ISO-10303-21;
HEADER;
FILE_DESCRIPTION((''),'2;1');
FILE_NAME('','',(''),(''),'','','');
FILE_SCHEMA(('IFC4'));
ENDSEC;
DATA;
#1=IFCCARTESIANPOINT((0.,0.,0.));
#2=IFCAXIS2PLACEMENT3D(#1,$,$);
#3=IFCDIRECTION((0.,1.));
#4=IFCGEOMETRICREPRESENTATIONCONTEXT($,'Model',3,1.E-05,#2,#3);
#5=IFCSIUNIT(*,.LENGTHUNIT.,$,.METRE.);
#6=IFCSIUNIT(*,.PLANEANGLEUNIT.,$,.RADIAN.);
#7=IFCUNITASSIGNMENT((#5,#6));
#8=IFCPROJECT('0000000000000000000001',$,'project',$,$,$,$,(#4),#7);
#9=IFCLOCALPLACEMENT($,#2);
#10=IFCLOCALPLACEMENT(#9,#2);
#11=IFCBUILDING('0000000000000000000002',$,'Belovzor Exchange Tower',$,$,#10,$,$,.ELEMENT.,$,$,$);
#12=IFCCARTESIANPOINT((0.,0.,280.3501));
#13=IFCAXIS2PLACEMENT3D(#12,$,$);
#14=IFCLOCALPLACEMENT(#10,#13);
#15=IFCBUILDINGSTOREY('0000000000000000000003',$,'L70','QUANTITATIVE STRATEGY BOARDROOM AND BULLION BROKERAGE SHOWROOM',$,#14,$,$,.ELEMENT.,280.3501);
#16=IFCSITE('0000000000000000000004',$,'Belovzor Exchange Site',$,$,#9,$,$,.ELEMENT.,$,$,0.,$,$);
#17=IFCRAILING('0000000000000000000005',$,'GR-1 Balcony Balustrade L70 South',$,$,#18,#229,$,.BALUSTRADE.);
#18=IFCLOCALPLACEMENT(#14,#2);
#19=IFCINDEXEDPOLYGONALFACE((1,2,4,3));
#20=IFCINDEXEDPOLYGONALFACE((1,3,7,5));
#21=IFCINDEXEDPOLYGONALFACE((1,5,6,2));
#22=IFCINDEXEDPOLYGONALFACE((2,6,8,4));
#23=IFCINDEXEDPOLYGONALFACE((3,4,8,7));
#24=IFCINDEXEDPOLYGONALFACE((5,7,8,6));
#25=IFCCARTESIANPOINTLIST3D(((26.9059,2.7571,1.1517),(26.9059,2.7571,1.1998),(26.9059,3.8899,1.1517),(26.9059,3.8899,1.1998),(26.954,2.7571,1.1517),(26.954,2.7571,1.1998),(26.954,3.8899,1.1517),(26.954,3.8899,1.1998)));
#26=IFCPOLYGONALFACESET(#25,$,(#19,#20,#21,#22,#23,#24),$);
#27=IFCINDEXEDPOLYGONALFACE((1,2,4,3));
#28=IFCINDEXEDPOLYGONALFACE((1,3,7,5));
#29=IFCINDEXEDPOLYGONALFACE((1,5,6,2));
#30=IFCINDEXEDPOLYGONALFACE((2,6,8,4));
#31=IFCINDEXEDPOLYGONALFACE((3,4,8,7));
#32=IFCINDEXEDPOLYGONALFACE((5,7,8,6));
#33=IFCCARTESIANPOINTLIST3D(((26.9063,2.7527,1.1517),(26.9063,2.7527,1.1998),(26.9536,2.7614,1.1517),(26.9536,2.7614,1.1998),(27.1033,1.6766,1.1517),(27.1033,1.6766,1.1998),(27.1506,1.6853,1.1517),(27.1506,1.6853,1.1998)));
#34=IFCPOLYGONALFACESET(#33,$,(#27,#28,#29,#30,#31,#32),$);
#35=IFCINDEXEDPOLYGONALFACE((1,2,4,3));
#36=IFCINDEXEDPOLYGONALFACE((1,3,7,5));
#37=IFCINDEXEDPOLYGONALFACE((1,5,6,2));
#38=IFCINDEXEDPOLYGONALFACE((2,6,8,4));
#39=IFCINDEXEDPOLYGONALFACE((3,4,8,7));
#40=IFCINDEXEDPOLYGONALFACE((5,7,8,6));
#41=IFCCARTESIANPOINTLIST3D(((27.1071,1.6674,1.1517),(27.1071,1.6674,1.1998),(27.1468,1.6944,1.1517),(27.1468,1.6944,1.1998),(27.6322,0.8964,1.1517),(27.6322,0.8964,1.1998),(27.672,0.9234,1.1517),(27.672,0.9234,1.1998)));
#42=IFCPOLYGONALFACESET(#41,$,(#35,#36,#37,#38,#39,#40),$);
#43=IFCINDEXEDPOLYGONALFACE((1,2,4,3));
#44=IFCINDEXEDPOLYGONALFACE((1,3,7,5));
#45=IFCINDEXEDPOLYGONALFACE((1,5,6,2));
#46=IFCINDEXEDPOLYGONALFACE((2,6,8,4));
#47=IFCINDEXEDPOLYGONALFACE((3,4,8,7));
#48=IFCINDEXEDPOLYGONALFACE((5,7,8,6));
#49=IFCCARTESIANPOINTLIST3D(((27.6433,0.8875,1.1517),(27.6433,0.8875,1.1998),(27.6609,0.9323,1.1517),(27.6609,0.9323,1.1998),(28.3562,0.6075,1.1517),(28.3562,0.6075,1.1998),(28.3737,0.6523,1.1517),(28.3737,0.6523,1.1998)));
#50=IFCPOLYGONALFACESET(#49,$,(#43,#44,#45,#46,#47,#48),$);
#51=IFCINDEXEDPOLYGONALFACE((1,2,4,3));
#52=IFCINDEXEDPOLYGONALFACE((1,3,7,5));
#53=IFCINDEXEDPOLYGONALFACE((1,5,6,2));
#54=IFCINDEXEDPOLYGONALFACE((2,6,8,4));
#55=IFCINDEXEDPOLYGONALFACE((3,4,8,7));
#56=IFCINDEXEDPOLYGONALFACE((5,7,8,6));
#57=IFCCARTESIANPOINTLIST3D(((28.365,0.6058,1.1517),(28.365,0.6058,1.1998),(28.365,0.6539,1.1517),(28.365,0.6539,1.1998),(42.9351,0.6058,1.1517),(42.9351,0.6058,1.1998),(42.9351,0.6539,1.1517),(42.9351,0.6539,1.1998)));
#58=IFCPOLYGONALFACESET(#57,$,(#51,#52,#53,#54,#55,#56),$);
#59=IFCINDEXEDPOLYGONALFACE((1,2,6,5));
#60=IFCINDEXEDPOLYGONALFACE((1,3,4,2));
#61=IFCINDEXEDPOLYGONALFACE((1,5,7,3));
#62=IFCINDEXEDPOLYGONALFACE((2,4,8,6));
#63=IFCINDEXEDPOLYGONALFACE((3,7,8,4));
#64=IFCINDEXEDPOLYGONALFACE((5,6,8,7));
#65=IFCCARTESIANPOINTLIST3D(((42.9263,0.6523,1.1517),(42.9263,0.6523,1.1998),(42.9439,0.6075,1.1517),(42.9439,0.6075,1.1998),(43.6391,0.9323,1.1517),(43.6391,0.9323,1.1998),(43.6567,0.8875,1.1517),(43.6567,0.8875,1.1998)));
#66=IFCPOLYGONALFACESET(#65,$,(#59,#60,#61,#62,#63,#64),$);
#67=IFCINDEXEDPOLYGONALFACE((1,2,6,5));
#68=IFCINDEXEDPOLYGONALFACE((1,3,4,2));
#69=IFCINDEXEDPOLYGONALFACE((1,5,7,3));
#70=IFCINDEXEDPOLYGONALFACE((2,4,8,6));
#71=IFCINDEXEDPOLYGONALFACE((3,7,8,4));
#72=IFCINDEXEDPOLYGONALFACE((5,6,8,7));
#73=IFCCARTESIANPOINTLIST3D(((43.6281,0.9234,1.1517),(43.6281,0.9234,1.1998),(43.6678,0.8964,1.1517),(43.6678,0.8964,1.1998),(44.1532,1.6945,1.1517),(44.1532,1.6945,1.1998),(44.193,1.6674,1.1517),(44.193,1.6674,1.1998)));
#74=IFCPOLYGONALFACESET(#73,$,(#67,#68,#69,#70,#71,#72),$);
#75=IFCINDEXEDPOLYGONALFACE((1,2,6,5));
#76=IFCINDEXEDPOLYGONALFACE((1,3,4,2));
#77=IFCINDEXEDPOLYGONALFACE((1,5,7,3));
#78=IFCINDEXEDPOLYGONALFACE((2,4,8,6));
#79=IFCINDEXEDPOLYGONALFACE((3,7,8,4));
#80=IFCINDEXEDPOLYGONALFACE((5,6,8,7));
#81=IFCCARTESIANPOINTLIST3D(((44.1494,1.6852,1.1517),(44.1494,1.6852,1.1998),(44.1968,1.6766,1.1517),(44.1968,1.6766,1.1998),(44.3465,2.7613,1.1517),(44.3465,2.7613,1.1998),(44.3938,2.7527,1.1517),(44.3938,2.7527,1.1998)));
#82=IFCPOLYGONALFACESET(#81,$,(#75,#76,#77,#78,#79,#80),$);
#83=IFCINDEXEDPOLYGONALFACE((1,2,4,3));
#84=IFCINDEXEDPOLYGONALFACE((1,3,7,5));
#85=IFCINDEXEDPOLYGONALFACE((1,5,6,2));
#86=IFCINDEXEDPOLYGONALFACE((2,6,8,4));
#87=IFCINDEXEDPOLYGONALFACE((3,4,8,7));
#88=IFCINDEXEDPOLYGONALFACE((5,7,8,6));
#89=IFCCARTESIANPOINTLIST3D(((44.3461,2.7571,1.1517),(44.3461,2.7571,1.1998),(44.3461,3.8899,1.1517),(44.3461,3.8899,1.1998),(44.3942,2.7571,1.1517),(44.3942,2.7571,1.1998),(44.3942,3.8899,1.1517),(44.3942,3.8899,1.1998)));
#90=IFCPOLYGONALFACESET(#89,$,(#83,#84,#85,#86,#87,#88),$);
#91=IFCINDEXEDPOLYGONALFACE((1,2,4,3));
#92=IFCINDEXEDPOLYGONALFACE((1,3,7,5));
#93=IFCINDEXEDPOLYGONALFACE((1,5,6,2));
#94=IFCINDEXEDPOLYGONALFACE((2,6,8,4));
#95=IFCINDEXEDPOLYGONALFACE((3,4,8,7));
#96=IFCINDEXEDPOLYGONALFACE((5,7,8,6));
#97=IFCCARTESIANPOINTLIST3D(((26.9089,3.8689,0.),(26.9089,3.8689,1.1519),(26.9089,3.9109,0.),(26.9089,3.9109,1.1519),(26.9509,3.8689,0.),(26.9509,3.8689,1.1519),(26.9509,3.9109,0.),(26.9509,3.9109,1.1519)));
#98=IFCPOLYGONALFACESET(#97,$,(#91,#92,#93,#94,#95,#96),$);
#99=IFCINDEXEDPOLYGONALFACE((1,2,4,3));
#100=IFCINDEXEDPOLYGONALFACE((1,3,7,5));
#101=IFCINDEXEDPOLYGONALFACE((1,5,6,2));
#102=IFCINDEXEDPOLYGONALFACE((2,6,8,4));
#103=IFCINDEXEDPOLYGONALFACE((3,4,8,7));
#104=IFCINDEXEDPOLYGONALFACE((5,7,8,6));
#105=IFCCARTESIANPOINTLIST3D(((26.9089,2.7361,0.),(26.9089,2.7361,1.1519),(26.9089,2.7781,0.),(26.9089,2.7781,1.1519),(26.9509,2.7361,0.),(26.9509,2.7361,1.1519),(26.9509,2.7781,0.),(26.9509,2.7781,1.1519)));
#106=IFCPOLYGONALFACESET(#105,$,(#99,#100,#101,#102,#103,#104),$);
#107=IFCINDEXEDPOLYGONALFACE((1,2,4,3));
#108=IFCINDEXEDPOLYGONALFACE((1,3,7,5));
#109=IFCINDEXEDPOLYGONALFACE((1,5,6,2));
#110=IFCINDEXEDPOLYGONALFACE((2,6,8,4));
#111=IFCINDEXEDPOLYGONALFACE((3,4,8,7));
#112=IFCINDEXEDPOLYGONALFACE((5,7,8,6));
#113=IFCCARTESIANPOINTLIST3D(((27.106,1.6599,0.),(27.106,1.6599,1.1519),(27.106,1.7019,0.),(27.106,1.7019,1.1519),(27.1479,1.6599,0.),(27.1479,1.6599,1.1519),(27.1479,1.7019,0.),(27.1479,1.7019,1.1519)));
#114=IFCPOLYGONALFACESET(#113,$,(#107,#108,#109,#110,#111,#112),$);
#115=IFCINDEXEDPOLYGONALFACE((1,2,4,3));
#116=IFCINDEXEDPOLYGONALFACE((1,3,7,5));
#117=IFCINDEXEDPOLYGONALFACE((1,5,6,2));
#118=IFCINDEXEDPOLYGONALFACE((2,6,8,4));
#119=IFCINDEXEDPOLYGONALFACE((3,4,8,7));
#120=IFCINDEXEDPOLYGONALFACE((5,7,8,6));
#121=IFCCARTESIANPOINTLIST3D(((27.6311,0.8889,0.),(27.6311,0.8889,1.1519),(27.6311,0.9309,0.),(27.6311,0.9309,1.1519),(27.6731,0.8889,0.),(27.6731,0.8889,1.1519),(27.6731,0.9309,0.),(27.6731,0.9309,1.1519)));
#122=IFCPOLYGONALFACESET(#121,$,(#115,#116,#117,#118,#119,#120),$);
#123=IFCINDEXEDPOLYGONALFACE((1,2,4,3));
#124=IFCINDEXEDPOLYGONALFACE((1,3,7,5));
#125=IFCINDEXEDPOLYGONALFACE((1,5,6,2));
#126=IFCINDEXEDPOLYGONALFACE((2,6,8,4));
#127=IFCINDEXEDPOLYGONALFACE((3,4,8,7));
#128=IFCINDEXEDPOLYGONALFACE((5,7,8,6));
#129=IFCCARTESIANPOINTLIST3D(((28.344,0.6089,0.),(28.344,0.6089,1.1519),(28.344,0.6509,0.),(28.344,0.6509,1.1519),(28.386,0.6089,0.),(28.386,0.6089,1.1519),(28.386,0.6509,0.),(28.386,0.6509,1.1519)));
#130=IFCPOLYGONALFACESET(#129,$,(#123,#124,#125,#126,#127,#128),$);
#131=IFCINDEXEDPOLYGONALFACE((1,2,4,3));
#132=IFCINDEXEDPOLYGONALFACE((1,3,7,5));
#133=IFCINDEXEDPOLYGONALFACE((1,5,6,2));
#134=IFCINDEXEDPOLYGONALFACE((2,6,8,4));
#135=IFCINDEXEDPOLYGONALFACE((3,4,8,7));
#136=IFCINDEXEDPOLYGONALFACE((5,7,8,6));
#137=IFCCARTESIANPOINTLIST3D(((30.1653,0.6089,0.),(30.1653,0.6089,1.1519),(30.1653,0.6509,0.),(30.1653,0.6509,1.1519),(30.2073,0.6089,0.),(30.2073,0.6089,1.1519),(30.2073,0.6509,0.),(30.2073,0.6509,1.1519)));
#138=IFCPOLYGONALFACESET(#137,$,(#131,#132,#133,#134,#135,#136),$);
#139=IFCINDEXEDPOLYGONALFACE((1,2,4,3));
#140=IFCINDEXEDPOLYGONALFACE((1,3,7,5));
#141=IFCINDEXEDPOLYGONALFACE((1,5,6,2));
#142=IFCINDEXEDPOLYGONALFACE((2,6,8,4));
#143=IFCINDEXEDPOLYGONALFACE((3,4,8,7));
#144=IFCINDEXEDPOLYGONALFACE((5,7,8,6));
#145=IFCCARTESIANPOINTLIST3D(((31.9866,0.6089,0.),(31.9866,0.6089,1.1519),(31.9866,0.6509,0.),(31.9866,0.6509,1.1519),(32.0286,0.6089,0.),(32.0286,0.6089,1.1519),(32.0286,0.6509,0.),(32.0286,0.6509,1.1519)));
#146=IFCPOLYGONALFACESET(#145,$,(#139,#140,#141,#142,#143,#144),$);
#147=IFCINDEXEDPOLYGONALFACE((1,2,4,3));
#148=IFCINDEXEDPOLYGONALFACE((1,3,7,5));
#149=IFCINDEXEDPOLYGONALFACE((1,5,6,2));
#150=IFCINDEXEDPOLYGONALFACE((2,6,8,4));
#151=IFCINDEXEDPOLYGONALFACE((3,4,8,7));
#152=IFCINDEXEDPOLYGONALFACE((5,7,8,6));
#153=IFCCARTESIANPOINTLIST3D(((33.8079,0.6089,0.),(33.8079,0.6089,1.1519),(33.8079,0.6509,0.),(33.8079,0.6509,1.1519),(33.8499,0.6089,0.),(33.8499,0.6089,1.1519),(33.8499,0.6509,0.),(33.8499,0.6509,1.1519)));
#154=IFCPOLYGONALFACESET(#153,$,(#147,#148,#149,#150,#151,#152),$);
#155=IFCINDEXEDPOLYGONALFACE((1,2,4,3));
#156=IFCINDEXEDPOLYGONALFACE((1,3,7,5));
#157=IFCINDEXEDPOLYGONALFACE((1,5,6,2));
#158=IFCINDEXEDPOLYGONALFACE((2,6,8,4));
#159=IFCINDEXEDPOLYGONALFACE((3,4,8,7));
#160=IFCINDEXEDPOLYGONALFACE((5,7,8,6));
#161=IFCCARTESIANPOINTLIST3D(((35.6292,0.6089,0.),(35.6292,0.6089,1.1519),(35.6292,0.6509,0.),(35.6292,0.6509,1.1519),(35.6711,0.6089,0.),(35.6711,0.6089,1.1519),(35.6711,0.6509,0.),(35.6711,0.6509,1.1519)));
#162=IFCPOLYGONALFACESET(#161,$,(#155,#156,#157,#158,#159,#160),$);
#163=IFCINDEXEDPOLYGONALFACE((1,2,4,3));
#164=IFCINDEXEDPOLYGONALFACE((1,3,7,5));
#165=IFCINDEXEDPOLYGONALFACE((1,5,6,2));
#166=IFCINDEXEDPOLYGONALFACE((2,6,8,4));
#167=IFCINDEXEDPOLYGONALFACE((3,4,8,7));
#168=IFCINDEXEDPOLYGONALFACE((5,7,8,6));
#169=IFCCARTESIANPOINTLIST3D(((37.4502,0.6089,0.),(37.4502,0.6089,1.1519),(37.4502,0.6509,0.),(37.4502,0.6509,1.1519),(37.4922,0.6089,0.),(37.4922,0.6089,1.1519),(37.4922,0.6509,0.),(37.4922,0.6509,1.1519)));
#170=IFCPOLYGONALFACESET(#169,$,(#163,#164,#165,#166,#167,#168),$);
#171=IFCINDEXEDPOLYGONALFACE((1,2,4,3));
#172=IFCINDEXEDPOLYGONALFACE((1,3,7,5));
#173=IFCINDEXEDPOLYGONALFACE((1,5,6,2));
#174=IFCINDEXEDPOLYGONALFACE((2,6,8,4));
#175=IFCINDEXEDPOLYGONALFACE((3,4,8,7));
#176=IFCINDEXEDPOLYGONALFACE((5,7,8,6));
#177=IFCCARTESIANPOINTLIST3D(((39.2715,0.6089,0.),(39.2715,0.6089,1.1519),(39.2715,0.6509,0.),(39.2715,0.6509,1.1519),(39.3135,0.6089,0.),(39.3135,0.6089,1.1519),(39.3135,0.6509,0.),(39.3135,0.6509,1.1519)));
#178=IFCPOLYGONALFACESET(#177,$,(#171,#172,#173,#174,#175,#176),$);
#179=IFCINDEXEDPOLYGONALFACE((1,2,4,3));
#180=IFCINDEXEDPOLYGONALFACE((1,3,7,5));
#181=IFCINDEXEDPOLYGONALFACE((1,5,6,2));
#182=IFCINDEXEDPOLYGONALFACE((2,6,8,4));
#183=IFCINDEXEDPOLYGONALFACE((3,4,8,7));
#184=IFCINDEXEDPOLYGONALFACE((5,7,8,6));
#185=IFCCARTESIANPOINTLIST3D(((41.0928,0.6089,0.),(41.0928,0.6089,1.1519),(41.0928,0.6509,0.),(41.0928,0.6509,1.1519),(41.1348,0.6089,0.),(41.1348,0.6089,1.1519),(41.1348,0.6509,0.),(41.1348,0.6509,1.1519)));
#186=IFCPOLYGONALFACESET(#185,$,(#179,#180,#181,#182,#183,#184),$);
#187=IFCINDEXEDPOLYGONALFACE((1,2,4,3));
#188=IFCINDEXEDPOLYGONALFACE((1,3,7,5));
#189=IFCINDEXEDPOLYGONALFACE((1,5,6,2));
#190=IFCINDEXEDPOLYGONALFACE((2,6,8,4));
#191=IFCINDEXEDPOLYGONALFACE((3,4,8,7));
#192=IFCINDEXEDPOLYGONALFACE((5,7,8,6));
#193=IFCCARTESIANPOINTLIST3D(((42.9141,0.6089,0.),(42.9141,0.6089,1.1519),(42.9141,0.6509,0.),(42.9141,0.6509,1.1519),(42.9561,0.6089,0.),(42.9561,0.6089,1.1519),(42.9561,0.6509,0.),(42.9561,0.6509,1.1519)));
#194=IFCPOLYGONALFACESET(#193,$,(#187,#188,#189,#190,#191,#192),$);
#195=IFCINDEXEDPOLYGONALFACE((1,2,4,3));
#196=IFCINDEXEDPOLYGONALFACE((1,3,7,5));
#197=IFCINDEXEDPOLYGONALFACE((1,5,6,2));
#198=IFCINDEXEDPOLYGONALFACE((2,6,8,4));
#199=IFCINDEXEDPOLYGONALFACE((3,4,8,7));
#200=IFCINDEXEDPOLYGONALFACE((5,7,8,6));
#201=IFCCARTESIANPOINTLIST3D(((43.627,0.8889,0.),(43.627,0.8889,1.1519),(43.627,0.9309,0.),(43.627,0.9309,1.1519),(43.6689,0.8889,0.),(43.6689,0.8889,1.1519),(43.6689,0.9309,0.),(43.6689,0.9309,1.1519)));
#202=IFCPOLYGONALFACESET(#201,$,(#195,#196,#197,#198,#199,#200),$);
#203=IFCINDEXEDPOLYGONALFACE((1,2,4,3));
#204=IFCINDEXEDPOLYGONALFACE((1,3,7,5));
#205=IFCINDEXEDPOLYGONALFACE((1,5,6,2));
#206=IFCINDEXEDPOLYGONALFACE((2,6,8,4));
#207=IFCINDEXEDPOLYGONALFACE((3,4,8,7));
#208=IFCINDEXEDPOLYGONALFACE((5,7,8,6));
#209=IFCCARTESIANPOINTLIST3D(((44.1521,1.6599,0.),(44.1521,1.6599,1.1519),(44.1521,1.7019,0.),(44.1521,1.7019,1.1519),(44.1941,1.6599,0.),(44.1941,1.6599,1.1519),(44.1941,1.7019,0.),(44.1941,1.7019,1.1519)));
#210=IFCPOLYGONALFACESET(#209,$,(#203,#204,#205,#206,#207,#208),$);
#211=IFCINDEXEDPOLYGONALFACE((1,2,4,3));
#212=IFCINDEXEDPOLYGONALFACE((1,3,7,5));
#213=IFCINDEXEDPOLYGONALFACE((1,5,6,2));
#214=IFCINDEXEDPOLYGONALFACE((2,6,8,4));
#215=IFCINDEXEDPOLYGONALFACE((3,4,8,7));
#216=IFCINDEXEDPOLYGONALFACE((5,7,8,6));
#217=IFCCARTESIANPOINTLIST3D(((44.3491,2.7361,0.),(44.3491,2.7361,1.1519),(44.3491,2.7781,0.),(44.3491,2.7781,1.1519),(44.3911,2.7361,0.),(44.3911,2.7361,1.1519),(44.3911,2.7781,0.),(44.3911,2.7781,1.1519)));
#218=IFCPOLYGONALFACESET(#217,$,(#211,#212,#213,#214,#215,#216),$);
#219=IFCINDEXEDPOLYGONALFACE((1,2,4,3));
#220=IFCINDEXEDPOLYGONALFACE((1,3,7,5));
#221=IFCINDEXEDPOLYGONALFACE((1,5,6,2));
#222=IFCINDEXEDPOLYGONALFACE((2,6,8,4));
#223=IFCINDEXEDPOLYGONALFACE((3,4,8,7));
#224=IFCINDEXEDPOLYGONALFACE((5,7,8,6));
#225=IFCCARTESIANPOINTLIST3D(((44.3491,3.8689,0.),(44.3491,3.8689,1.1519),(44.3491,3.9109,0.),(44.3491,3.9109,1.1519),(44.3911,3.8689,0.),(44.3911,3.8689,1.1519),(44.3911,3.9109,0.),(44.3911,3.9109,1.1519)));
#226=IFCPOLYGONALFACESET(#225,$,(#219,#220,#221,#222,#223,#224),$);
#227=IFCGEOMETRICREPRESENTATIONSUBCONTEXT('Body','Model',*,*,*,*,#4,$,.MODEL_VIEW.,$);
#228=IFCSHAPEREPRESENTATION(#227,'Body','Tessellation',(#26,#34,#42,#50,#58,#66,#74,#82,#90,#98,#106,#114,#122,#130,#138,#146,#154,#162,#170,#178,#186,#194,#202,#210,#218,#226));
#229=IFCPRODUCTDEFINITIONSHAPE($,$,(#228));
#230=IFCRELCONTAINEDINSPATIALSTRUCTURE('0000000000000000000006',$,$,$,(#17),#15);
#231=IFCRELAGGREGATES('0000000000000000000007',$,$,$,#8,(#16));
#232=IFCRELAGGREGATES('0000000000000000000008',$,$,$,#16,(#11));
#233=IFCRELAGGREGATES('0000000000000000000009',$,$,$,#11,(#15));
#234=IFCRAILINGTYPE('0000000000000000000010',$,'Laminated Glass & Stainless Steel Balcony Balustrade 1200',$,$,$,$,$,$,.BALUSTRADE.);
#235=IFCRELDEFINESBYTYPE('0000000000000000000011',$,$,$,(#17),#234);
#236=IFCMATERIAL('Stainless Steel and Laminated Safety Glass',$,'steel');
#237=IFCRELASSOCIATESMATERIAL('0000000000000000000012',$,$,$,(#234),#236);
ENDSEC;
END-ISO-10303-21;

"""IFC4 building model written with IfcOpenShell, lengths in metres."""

from ifc_helpers import new_model, si_unit, direction, frame, origin, origin_2d, place, context, subcontext, project, spatial, rectangle, extrude, material, type_object, element, save


model = new_model("IFC4")

# Units and contexts
model_context = context("Model", 3, precision=1e-05, world=origin(), true_north=direction((0.0, 1.0)))
body_context = subcontext(model_context, "Body", "Model", "MODEL_VIEW")
ifc_project = project(units=[si_unit("LENGTHUNIT", "METRE"), si_unit("PLANEANGLEUNIT", "RADIAN")], contexts=[model_context])

# Site, building, storey
site_placement = place(None, origin())
site = spatial("IfcSite", under=ifc_project, at=site_placement, Name="Belovzor Exchange Site", CompositionType="ELEMENT", RefElevation=0.0)
building_placement = place(site_placement, origin())
building = spatial("IfcBuilding", under=site, at=building_placement, Name="Belovzor Exchange Tower", CompositionType="ELEMENT")
storey_placement = place(building_placement, frame((0.0, 0.0, 280.3501)))
storey = spatial("IfcBuildingStorey", under=building, at=storey_placement, Name="L70", Description="QUANTITATIVE STRATEGY BOARDROOM AND BULLION BROKERAGE SHOWROOM", CompositionType="ELEMENT", Elevation=280.3501)

# Railing
ifc_material_1 = material(Name="Stainless Steel and Laminated Safety Glass", Category="steel")
railing_type = type_object("IfcRailingType", Name="Laminated Glass & Stainless Steel Balcony Balustrade 1200", PredefinedType="BALUSTRADE", material=ifc_material_1)
railing_placement = place(storey_placement, frame((26.9299, 3.8899, 0.0)))
element("IfcRailing", 1, at=railing_placement, inside=storey, type_object=railing_type, Name="GR-1 Balcony Balustrade L70 South", PredefinedType="BALUSTRADE", context=body_context, shape_type="SweptSolid", body=[
    extrude(rectangle(XDim=0.0481, YDim=0.0481, at=origin_2d()), frame((0.0, 0.0, 1.1758), z_axis=(0.0, -1.0, 0.0), x_axis=(1.0, 0.0, 0.0)), (0.0, 0.0, 1.0), 1.1328),
    extrude(rectangle(XDim=0.0481, YDim=0.0481, at=origin_2d()), frame((0.0, -1.1328, 1.1758), z_axis=(0.180083, -0.983651, 0.0), x_axis=(0.983651, 0.180083, 0.0)), (0.0, 0.0, 1.0), 1.094),
    extrude(rectangle(XDim=0.0481, YDim=0.0481, at=origin_2d()), frame((0.197, -2.209, 1.1758), z_axis=(0.562947, -0.826493, 0.0), x_axis=(0.826493, 0.562947, 0.0)), (0.0, 0.0, 1.0), 0.9329),
    extrude(rectangle(XDim=0.0481, YDim=0.0481, at=origin_2d()), frame((0.7222, -2.98, 1.1758), z_axis=(0.930767, -0.365613, 0.0), x_axis=(0.365613, 0.930767, 0.0)), (0.0, 0.0, 1.0), 0.7659),
    extrude(rectangle(XDim=0.0481, YDim=0.0481, at=origin_2d()), frame((1.4351, -3.26, 1.1758), z_axis=(1.0, 0.0, 0.0), x_axis=(0.0, 1.0, 0.0)), (0.0, 0.0, 1.0), 14.5701),
    extrude(rectangle(XDim=0.0481, YDim=0.0481, at=origin_2d()), frame((16.0051, -3.26, 1.1758), z_axis=(0.930767, 0.365613, 0.0), x_axis=(-0.365613, 0.930767, 0.0)), (0.0, 0.0, 1.0), 0.7659),
    extrude(rectangle(XDim=0.0481, YDim=0.0481, at=origin_2d()), frame((16.718, -2.98, 1.1758), z_axis=(0.562947, 0.826493, 0.0), x_axis=(-0.826493, 0.562947, 0.0)), (0.0, 0.0, 1.0), 0.9329),
    extrude(rectangle(XDim=0.0481, YDim=0.0481, at=origin_2d()), frame((17.2432, -2.209, 1.1758), z_axis=(0.180083, 0.983651, 0.0), x_axis=(-0.983651, 0.180083, 0.0)), (0.0, 0.0, 1.0), 1.094),
    extrude(rectangle(XDim=0.0481, YDim=0.0481, at=origin_2d()), frame((17.4402, -1.1328, 1.1758), z_axis=(0.0, 1.0, 0.0), x_axis=(-1.0, 0.0, 0.0)), (0.0, 0.0, 1.0), 1.1328),
    extrude(rectangle(XDim=0.042, YDim=0.042, at=origin_2d()), origin(), (0.0, 0.0, 1.0), 1.1519),
    extrude(rectangle(XDim=0.042, YDim=0.042, at=origin_2d()), frame((0.0, -1.1328, 0.0)), (0.0, 0.0, 1.0), 1.1519),
    extrude(rectangle(XDim=0.042, YDim=0.042, at=origin_2d()), frame((0.197, -2.209, 0.0)), (0.0, 0.0, 1.0), 1.1519),
    extrude(rectangle(XDim=0.042, YDim=0.042, at=origin_2d()), frame((0.7222, -2.98, 0.0)), (0.0, 0.0, 1.0), 1.1519),
    extrude(rectangle(XDim=0.042, YDim=0.042, at=origin_2d()), frame((1.4351, -3.26, 0.0)), (0.0, 0.0, 1.0), 1.1519),
    extrude(rectangle(XDim=0.042, YDim=0.042, at=origin_2d()), frame((3.2563, -3.26, 0.0)), (0.0, 0.0, 1.0), 1.1519),
    extrude(rectangle(XDim=0.042, YDim=0.042, at=origin_2d()), frame((5.0776, -3.26, 0.0)), (0.0, 0.0, 1.0), 1.1519),
    extrude(rectangle(XDim=0.042, YDim=0.042, at=origin_2d()), frame((6.8989, -3.26, 0.0)), (0.0, 0.0, 1.0), 1.1519),
    extrude(rectangle(XDim=0.042, YDim=0.042, at=origin_2d()), frame((8.7202, -3.26, 0.0)), (0.0, 0.0, 1.0), 1.1519),
    extrude(rectangle(XDim=0.042, YDim=0.042, at=origin_2d()), frame((10.5413, -3.26, 0.0)), (0.0, 0.0, 1.0), 1.1519),
    extrude(rectangle(XDim=0.042, YDim=0.042, at=origin_2d()), frame((12.3625, -3.26, 0.0)), (0.0, 0.0, 1.0), 1.1519),
    extrude(rectangle(XDim=0.042, YDim=0.042, at=origin_2d()), frame((14.1838, -3.26, 0.0)), (0.0, 0.0, 1.0), 1.1519),
    extrude(rectangle(XDim=0.042, YDim=0.042, at=origin_2d()), frame((16.0051, -3.26, 0.0)), (0.0, 0.0, 1.0), 1.1519),
    extrude(rectangle(XDim=0.042, YDim=0.042, at=origin_2d()), frame((16.718, -2.98, 0.0)), (0.0, 0.0, 1.0), 1.1519),
    extrude(rectangle(XDim=0.042, YDim=0.042, at=origin_2d()), frame((17.2432, -2.209, 0.0)), (0.0, 0.0, 1.0), 1.1519),
    extrude(rectangle(XDim=0.042, YDim=0.042, at=origin_2d()), frame((17.4402, -1.1328, 0.0)), (0.0, 0.0, 1.0), 1.1519),
    extrude(rectangle(XDim=0.042, YDim=0.042, at=origin_2d()), frame((17.4402, 0.0, 0.0)), (0.0, 0.0, 1.0), 1.1519),
])

save(model, "model.ifc")
